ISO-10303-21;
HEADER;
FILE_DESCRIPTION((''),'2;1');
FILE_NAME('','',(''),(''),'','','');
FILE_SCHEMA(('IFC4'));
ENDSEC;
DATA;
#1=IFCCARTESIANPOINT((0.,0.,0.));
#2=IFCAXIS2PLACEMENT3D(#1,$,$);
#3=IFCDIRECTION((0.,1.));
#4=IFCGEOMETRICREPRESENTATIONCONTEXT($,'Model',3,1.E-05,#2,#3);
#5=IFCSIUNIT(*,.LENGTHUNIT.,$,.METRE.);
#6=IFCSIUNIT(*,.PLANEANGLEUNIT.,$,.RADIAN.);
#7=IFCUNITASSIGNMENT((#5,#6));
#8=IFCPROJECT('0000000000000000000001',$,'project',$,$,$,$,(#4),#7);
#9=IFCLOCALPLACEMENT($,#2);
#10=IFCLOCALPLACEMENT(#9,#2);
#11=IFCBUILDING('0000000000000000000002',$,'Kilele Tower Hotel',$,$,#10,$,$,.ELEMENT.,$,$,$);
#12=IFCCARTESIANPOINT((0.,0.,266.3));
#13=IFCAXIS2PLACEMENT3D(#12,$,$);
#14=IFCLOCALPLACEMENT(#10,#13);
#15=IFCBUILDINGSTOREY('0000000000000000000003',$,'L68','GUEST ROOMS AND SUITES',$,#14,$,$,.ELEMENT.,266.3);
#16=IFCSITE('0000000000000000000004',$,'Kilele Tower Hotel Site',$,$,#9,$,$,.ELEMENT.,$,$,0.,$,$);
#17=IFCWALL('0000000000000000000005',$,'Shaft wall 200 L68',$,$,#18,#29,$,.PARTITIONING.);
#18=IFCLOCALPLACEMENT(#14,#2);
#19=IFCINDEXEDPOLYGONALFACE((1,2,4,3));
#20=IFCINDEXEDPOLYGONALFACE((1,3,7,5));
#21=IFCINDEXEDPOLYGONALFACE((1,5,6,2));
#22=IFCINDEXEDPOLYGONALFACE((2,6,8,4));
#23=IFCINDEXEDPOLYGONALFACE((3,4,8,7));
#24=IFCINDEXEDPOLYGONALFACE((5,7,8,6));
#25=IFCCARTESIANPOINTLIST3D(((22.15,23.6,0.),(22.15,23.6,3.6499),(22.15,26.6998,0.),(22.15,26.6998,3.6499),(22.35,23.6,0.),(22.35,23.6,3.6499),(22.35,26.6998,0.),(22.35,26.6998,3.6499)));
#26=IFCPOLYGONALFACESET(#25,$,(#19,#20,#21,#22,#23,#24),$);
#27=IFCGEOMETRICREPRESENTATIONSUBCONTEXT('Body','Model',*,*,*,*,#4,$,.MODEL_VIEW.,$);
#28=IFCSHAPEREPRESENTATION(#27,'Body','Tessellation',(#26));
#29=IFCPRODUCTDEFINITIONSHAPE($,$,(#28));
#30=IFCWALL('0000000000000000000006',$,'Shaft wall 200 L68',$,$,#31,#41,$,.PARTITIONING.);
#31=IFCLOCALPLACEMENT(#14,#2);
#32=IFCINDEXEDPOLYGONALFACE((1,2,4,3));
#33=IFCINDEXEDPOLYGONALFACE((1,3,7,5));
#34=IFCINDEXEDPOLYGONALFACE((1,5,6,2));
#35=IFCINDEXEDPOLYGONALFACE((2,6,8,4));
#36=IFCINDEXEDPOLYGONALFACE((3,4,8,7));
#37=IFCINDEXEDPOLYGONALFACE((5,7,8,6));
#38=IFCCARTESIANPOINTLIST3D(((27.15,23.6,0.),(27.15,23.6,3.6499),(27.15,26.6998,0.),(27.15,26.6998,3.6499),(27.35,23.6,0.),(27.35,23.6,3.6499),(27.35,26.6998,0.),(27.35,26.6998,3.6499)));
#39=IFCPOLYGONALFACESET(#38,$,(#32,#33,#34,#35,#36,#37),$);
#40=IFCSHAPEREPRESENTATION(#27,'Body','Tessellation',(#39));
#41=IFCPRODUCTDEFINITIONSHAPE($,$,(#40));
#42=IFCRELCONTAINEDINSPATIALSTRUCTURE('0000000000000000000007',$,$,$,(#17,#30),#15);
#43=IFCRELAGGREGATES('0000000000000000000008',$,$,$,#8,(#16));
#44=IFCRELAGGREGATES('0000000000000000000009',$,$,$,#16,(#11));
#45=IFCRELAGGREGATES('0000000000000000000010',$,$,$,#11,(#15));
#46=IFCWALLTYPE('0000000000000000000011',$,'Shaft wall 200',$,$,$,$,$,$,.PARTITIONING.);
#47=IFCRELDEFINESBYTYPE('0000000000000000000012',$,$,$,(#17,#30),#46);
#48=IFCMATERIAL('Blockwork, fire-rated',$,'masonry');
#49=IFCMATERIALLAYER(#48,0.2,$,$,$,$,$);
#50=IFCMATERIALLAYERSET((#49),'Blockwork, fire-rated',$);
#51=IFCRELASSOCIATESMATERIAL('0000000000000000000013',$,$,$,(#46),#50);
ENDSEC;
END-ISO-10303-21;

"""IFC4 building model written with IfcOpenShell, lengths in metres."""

from ifc_helpers import new_model, si_unit, direction, frame, frame_2d, origin, place, context, subcontext, project, spatial, rectangle, extrude, material, layer, layer_set, type_object, element, save


model = new_model("IFC4")

# Units and contexts
model_context = context("Model", 3, precision=1e-05, world=origin(), true_north=direction((0.0, 1.0)))
body_context = subcontext(model_context, "Body", "Model", "MODEL_VIEW")
ifc_project = project(units=[si_unit("LENGTHUNIT", "METRE"), si_unit("PLANEANGLEUNIT", "RADIAN")], contexts=[model_context])

# Site, building, storey
site_placement = place(None, origin())
site = spatial("IfcSite", under=ifc_project, at=site_placement, Name="Kilele Tower Hotel Site", CompositionType="ELEMENT", RefElevation=0.0)
building_placement = place(site_placement, origin())
building = spatial("IfcBuilding", under=site, at=building_placement, Name="Kilele Tower Hotel", CompositionType="ELEMENT")
storey_placement = place(building_placement, frame((0.0, 0.0, 266.3)))
storey = spatial("IfcBuildingStorey", under=building, at=storey_placement, Name="L68", Description="GUEST ROOMS AND SUITES", CompositionType="ELEMENT", Elevation=266.3)

# Walls
ifc_material_1 = material(Name="Blockwork, fire-rated", Category="masonry")
ifc_layer_1 = layer(ifc_material_1, 0.2)
ifc_layer_set_1 = layer_set([ifc_layer_1], Name="Blockwork, fire-rated")
wall_type_1 = type_object("IfcWallType", Name="Shaft wall 200", PredefinedType="PARTITIONING", material=ifc_layer_set_1)
for number, where, z_axis, x_axis, name in (
    (1, (22.25, 23.6001, 0.0), (0.0, 0.0, 1.0), (0.0, 1.0, 0.0), "Shaft wall 200 L68"),
    (2, (27.25, 23.6001, 0.0), (0.0, 0.0, 1.0), (0.0, 1.0, 0.0), "Shaft wall 200 L68"),
):
    element("IfcWall", number, at=place(storey_placement, frame(where, z_axis=z_axis, x_axis=x_axis)), inside=storey, type_object=wall_type_1, Name=name, PredefinedType="PARTITIONING", context=body_context, shape_type="SweptSolid", body=[
        extrude(rectangle(XDim=3.0999, YDim=0.2, at=frame_2d((1.5498, 0.0))), origin(), (0.0, 0.0, 1.0), 3.6499),
    ])

save(model, "model.ifc")
